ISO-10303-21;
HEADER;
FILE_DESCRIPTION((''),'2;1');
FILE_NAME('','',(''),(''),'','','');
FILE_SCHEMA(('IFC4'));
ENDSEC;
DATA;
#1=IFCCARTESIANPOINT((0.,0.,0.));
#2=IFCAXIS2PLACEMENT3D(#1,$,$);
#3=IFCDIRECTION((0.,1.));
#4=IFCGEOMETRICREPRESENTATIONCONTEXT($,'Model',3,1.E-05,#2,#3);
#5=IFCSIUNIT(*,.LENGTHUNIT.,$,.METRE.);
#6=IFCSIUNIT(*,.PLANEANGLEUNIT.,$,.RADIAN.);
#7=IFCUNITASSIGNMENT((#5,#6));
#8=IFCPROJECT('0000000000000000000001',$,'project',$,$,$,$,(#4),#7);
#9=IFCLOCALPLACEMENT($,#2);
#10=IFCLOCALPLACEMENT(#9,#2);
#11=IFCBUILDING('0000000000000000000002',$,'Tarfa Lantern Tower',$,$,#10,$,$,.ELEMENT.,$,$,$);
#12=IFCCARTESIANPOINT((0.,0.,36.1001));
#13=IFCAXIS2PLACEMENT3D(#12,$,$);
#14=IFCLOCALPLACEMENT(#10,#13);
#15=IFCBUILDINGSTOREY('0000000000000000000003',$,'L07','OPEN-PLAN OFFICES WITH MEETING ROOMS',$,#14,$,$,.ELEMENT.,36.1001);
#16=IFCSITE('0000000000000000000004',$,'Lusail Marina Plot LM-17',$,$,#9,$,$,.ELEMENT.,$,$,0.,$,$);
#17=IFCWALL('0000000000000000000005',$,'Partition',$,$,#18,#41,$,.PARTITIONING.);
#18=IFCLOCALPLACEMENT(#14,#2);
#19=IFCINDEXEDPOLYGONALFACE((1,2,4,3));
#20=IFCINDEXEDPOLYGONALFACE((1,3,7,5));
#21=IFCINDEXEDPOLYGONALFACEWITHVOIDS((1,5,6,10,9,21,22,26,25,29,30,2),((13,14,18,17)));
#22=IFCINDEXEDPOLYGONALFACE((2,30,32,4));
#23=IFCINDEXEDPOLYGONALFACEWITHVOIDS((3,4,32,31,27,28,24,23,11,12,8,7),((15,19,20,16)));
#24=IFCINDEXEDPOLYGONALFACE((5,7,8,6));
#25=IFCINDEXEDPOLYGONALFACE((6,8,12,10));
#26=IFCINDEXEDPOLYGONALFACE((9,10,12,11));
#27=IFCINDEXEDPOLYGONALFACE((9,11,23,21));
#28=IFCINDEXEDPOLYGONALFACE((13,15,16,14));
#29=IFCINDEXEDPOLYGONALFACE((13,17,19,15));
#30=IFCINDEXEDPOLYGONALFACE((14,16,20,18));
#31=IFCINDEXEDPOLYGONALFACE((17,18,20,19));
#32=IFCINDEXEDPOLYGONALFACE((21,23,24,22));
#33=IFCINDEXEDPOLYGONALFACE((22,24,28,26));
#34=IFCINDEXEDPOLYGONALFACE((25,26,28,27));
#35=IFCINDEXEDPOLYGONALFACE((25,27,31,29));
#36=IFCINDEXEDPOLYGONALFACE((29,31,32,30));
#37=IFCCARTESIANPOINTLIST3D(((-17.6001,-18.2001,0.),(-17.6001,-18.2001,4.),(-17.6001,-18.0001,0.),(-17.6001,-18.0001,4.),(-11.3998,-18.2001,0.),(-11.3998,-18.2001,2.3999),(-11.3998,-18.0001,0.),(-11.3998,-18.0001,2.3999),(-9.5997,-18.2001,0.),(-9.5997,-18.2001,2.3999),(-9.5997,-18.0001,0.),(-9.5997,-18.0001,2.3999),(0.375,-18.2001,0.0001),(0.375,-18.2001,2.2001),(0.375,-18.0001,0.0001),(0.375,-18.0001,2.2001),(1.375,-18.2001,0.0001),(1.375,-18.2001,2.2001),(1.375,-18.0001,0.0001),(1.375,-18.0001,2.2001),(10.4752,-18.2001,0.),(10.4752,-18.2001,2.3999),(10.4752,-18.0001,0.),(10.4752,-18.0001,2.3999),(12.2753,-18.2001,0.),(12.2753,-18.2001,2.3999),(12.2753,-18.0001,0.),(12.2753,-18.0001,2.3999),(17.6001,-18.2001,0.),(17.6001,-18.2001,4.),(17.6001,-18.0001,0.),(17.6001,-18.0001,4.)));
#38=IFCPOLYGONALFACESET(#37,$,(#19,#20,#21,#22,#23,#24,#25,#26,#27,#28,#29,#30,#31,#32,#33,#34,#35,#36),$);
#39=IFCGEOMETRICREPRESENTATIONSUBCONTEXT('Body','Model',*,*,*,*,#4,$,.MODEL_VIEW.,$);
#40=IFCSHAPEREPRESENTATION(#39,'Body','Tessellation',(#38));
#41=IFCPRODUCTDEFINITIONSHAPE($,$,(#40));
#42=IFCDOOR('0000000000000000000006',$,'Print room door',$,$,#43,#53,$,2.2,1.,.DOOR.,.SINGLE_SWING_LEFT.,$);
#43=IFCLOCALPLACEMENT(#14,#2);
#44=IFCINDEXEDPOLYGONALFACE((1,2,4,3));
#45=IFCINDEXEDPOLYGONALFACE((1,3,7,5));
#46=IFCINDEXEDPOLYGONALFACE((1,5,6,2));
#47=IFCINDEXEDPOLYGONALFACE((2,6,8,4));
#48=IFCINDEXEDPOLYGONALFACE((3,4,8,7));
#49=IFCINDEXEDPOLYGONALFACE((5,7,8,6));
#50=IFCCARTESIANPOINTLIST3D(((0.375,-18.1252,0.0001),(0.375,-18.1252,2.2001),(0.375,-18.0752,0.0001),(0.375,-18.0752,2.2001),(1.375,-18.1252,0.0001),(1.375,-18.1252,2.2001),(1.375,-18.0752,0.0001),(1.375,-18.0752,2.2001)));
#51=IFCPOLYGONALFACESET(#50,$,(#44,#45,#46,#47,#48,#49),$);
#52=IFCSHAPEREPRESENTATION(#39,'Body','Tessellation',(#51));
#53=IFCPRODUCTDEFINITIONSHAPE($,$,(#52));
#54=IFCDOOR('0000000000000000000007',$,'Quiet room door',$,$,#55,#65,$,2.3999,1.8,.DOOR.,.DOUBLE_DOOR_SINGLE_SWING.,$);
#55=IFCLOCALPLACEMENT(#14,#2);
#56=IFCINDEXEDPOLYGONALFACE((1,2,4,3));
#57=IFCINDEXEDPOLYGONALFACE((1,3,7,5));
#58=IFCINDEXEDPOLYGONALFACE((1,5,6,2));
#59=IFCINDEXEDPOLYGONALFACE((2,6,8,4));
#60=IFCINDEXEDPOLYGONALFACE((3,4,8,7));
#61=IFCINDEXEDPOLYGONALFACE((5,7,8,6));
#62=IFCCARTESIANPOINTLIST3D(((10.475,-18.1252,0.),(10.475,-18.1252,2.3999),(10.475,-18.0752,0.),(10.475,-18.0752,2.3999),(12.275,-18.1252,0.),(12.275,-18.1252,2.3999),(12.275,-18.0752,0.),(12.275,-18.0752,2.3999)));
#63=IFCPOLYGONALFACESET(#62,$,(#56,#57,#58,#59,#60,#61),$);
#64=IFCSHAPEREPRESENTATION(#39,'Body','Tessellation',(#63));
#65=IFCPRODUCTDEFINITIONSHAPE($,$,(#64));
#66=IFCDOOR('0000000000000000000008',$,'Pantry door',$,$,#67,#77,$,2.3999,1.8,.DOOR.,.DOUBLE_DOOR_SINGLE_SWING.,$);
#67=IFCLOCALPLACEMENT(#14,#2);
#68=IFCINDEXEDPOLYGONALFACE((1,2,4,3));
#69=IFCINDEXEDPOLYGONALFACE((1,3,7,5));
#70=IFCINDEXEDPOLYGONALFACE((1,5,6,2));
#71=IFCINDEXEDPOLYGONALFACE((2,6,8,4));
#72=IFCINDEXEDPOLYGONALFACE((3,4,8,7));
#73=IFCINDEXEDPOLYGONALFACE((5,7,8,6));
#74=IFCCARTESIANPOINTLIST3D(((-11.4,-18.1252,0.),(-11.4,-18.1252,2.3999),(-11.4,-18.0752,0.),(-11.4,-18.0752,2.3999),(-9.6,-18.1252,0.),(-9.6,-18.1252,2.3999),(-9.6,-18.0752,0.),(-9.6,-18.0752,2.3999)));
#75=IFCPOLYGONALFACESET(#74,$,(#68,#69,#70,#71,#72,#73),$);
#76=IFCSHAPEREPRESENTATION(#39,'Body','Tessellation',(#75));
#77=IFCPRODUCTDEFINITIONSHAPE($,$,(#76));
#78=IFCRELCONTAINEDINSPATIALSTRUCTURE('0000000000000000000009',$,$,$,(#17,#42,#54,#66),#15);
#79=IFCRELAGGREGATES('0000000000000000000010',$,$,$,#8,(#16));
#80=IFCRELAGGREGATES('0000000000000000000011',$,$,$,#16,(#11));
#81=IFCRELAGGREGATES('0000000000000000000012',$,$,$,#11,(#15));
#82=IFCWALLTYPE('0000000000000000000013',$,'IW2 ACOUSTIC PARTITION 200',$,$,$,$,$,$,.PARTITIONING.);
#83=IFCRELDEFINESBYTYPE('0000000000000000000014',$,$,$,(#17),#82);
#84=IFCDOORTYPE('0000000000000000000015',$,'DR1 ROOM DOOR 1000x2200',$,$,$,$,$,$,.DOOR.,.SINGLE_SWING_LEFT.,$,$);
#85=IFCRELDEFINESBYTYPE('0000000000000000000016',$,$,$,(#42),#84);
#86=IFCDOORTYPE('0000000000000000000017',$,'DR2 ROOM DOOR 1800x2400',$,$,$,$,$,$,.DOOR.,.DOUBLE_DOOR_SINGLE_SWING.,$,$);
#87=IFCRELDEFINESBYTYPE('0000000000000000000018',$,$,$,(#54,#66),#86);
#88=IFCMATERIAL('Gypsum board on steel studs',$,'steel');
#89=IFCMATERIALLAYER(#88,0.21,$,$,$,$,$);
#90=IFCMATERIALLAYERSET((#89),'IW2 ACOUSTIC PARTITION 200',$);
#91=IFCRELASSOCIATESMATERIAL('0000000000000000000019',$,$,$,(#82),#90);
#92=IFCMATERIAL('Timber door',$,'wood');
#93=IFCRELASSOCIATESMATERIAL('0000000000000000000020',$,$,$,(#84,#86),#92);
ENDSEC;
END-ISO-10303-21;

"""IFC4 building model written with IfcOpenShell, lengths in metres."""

from ifc_helpers import new_model, si_unit, direction, frame, frame_2d, origin, place, context, subcontext, project, spatial, rectangle, extrude, material, layer, layer_set, type_object, element, fill, save


model = new_model("IFC4")

# Units and contexts
model_context = context("Model", 3, precision=1e-05, world=origin(), true_north=direction((0.0, 1.0)))
body_context = subcontext(model_context, "Body", "Model", "MODEL_VIEW")
ifc_project = project(units=[si_unit("LENGTHUNIT", "METRE"), si_unit("PLANEANGLEUNIT", "RADIAN")], contexts=[model_context])

# Site, building, storey
site_placement = place(None, origin())
site = spatial("IfcSite", under=ifc_project, at=site_placement, Name="Lusail Marina Plot LM-17", CompositionType="ELEMENT", RefElevation=0.0)
building_placement = place(site_placement, origin())
building = spatial("IfcBuilding", under=site, at=building_placement, Name="Tarfa Lantern Tower", CompositionType="ELEMENT")
storey_placement = place(building_placement, frame((0.0, 0.0, 36.1001)))
storey = spatial("IfcBuildingStorey", under=building, at=storey_placement, Name="L07", Description="OPEN-PLAN OFFICES WITH MEETING ROOMS", CompositionType="ELEMENT", Elevation=36.1001)

# Wall, openings, doors
ifc_material_1 = material(Name="Gypsum board on steel studs", Category="steel")
ifc_layer_1 = layer(ifc_material_1, 0.21)
ifc_layer_set_1 = layer_set([ifc_layer_1], Name="IW2 ACOUSTIC PARTITION 200")
wall_type_1 = type_object("IfcWallType", Name="IW2 ACOUSTIC PARTITION 200", PredefinedType="PARTITIONING", material=ifc_layer_set_1)
wall_1_placement = place(storey_placement, frame((17.6001, -18.1001, 0.0), z_axis=(0.0, 0.0, 1.0), x_axis=(-1.0, 0.0, 0.0)))
wall_1 = element("IfcWall", 1, at=wall_1_placement, inside=storey, type_object=wall_type_1, Name="Partition", PredefinedType="PARTITIONING", context=body_context, shape_type="SweptSolid", body=[
    extrude(rectangle(XDim=35.2002, YDim=0.2, at=frame_2d((17.6001, 0.0))), origin(), (0.0, 0.0, 1.0), 4.0),
])
opening_1_placement = place(wall_1_placement, frame((5.325, 0.0, 0.0)))
opening_1 = element("IfcOpeningElement", 2, at=opening_1_placement, cuts=wall_1, PredefinedType="OPENING", context=body_context, shape_type="SweptSolid", body=[
    extrude(rectangle(XDim=1.8, YDim=2.3999, at=frame_2d((0.8999, 1.2))), frame((0.0, 0.1099, 0.0), z_axis=(0.0, -1.0, 0.0), x_axis=(1.0, 0.0, 0.0)), (0.0, 0.0, 1.0), 0.22),
])
opening_2_placement = place(wall_1_placement, frame((16.2251, 0.0, 0.0)))
opening_2 = element("IfcOpeningElement", 3, at=opening_2_placement, cuts=wall_1, PredefinedType="OPENING", context=body_context, shape_type="SweptSolid", body=[
    extrude(rectangle(XDim=1.0, YDim=2.2, at=frame_2d((0.5, 1.1001))), frame((0.0, 0.1099, 0.0), z_axis=(0.0, -1.0, 0.0), x_axis=(1.0, 0.0, 0.0)), (0.0, 0.0, 1.0), 0.22),
])
opening_3_placement = place(wall_1_placement, frame((27.2, 0.0, 0.0)))
opening_3 = element("IfcOpeningElement", 4, at=opening_3_placement, cuts=wall_1, PredefinedType="OPENING", context=body_context, shape_type="SweptSolid", body=[
    extrude(rectangle(XDim=1.8, YDim=2.3999, at=frame_2d((0.8999, 1.2))), frame((0.0, 0.1099, 0.0), z_axis=(0.0, -1.0, 0.0), x_axis=(1.0, 0.0, 0.0)), (0.0, 0.0, 1.0), 0.22),
])
ifc_material_2 = material(Name="Timber door", Category="wood")
door_type_1 = type_object("IfcDoorType", Name="DR1 ROOM DOOR 1000x2200", OperationType="SINGLE_SWING_LEFT", PredefinedType="DOOR", material=ifc_material_2)
door_1_placement = place(opening_2_placement, frame((1.0, 0.0, 0.0), z_axis=(0.0, 0.0, 1.0), x_axis=(-1.0, 0.0, 0.0)))
door_1 = element("IfcDoor", 5, at=door_1_placement, inside=storey, type_object=door_type_1, Name="Print room door", OperationType="SINGLE_SWING_LEFT", OverallHeight=2.2, OverallWidth=1.0, PredefinedType="DOOR", context=body_context, shape_type="SweptSolid", body=[
    extrude(rectangle(XDim=1.0, YDim=2.2, at=frame_2d((0.5, 1.1001))), frame((0.0, 0.0249, 0.0), z_axis=(0.0, -1.0, 0.0), x_axis=(1.0, 0.0, 0.0)), (0.0, 0.0, 1.0), 0.05),
])
fill(opening_2, door_1)
door_type_2 = type_object("IfcDoorType", Name="DR2 ROOM DOOR 1800x2400", OperationType="DOUBLE_DOOR_SINGLE_SWING", PredefinedType="DOOR", material=ifc_material_2)
door_2_placement = place(opening_1_placement, frame((1.8, 0.0, 0.0), z_axis=(0.0, 0.0, 1.0), x_axis=(-1.0, 0.0, 0.0)))
door_2 = element("IfcDoor", 6, at=door_2_placement, inside=storey, type_object=door_type_2, Name="Quiet room door", OperationType="DOUBLE_DOOR_SINGLE_SWING", OverallHeight=2.3999, OverallWidth=1.8, PredefinedType="DOOR", context=body_context, shape_type="SweptSolid", body=[
    extrude(rectangle(XDim=1.8, YDim=2.3999, at=frame_2d((0.8999, 1.2))), frame((0.0, 0.0249, 0.0), z_axis=(0.0, -1.0, 0.0), x_axis=(1.0, 0.0, 0.0)), (0.0, 0.0, 1.0), 0.05),
])
fill(opening_1, door_2)
door_3_placement = place(opening_3_placement, frame((1.8, 0.0, 0.0), z_axis=(0.0, 0.0, 1.0), x_axis=(-1.0, 0.0, 0.0)))
door_3 = element("IfcDoor", 7, at=door_3_placement, inside=storey, type_object=door_type_2, Name="Pantry door", OperationType="DOUBLE_DOOR_SINGLE_SWING", OverallHeight=2.3999, OverallWidth=1.8, PredefinedType="DOOR", context=body_context, shape_type="SweptSolid", body=[
    extrude(rectangle(XDim=1.8, YDim=2.3999, at=frame_2d((0.8999, 1.2))), frame((0.0, 0.0249, 0.0), z_axis=(0.0, -1.0, 0.0), x_axis=(1.0, 0.0, 0.0)), (0.0, 0.0, 1.0), 0.05),
])
fill(opening_3, door_3)

save(model, "model.ifc")
